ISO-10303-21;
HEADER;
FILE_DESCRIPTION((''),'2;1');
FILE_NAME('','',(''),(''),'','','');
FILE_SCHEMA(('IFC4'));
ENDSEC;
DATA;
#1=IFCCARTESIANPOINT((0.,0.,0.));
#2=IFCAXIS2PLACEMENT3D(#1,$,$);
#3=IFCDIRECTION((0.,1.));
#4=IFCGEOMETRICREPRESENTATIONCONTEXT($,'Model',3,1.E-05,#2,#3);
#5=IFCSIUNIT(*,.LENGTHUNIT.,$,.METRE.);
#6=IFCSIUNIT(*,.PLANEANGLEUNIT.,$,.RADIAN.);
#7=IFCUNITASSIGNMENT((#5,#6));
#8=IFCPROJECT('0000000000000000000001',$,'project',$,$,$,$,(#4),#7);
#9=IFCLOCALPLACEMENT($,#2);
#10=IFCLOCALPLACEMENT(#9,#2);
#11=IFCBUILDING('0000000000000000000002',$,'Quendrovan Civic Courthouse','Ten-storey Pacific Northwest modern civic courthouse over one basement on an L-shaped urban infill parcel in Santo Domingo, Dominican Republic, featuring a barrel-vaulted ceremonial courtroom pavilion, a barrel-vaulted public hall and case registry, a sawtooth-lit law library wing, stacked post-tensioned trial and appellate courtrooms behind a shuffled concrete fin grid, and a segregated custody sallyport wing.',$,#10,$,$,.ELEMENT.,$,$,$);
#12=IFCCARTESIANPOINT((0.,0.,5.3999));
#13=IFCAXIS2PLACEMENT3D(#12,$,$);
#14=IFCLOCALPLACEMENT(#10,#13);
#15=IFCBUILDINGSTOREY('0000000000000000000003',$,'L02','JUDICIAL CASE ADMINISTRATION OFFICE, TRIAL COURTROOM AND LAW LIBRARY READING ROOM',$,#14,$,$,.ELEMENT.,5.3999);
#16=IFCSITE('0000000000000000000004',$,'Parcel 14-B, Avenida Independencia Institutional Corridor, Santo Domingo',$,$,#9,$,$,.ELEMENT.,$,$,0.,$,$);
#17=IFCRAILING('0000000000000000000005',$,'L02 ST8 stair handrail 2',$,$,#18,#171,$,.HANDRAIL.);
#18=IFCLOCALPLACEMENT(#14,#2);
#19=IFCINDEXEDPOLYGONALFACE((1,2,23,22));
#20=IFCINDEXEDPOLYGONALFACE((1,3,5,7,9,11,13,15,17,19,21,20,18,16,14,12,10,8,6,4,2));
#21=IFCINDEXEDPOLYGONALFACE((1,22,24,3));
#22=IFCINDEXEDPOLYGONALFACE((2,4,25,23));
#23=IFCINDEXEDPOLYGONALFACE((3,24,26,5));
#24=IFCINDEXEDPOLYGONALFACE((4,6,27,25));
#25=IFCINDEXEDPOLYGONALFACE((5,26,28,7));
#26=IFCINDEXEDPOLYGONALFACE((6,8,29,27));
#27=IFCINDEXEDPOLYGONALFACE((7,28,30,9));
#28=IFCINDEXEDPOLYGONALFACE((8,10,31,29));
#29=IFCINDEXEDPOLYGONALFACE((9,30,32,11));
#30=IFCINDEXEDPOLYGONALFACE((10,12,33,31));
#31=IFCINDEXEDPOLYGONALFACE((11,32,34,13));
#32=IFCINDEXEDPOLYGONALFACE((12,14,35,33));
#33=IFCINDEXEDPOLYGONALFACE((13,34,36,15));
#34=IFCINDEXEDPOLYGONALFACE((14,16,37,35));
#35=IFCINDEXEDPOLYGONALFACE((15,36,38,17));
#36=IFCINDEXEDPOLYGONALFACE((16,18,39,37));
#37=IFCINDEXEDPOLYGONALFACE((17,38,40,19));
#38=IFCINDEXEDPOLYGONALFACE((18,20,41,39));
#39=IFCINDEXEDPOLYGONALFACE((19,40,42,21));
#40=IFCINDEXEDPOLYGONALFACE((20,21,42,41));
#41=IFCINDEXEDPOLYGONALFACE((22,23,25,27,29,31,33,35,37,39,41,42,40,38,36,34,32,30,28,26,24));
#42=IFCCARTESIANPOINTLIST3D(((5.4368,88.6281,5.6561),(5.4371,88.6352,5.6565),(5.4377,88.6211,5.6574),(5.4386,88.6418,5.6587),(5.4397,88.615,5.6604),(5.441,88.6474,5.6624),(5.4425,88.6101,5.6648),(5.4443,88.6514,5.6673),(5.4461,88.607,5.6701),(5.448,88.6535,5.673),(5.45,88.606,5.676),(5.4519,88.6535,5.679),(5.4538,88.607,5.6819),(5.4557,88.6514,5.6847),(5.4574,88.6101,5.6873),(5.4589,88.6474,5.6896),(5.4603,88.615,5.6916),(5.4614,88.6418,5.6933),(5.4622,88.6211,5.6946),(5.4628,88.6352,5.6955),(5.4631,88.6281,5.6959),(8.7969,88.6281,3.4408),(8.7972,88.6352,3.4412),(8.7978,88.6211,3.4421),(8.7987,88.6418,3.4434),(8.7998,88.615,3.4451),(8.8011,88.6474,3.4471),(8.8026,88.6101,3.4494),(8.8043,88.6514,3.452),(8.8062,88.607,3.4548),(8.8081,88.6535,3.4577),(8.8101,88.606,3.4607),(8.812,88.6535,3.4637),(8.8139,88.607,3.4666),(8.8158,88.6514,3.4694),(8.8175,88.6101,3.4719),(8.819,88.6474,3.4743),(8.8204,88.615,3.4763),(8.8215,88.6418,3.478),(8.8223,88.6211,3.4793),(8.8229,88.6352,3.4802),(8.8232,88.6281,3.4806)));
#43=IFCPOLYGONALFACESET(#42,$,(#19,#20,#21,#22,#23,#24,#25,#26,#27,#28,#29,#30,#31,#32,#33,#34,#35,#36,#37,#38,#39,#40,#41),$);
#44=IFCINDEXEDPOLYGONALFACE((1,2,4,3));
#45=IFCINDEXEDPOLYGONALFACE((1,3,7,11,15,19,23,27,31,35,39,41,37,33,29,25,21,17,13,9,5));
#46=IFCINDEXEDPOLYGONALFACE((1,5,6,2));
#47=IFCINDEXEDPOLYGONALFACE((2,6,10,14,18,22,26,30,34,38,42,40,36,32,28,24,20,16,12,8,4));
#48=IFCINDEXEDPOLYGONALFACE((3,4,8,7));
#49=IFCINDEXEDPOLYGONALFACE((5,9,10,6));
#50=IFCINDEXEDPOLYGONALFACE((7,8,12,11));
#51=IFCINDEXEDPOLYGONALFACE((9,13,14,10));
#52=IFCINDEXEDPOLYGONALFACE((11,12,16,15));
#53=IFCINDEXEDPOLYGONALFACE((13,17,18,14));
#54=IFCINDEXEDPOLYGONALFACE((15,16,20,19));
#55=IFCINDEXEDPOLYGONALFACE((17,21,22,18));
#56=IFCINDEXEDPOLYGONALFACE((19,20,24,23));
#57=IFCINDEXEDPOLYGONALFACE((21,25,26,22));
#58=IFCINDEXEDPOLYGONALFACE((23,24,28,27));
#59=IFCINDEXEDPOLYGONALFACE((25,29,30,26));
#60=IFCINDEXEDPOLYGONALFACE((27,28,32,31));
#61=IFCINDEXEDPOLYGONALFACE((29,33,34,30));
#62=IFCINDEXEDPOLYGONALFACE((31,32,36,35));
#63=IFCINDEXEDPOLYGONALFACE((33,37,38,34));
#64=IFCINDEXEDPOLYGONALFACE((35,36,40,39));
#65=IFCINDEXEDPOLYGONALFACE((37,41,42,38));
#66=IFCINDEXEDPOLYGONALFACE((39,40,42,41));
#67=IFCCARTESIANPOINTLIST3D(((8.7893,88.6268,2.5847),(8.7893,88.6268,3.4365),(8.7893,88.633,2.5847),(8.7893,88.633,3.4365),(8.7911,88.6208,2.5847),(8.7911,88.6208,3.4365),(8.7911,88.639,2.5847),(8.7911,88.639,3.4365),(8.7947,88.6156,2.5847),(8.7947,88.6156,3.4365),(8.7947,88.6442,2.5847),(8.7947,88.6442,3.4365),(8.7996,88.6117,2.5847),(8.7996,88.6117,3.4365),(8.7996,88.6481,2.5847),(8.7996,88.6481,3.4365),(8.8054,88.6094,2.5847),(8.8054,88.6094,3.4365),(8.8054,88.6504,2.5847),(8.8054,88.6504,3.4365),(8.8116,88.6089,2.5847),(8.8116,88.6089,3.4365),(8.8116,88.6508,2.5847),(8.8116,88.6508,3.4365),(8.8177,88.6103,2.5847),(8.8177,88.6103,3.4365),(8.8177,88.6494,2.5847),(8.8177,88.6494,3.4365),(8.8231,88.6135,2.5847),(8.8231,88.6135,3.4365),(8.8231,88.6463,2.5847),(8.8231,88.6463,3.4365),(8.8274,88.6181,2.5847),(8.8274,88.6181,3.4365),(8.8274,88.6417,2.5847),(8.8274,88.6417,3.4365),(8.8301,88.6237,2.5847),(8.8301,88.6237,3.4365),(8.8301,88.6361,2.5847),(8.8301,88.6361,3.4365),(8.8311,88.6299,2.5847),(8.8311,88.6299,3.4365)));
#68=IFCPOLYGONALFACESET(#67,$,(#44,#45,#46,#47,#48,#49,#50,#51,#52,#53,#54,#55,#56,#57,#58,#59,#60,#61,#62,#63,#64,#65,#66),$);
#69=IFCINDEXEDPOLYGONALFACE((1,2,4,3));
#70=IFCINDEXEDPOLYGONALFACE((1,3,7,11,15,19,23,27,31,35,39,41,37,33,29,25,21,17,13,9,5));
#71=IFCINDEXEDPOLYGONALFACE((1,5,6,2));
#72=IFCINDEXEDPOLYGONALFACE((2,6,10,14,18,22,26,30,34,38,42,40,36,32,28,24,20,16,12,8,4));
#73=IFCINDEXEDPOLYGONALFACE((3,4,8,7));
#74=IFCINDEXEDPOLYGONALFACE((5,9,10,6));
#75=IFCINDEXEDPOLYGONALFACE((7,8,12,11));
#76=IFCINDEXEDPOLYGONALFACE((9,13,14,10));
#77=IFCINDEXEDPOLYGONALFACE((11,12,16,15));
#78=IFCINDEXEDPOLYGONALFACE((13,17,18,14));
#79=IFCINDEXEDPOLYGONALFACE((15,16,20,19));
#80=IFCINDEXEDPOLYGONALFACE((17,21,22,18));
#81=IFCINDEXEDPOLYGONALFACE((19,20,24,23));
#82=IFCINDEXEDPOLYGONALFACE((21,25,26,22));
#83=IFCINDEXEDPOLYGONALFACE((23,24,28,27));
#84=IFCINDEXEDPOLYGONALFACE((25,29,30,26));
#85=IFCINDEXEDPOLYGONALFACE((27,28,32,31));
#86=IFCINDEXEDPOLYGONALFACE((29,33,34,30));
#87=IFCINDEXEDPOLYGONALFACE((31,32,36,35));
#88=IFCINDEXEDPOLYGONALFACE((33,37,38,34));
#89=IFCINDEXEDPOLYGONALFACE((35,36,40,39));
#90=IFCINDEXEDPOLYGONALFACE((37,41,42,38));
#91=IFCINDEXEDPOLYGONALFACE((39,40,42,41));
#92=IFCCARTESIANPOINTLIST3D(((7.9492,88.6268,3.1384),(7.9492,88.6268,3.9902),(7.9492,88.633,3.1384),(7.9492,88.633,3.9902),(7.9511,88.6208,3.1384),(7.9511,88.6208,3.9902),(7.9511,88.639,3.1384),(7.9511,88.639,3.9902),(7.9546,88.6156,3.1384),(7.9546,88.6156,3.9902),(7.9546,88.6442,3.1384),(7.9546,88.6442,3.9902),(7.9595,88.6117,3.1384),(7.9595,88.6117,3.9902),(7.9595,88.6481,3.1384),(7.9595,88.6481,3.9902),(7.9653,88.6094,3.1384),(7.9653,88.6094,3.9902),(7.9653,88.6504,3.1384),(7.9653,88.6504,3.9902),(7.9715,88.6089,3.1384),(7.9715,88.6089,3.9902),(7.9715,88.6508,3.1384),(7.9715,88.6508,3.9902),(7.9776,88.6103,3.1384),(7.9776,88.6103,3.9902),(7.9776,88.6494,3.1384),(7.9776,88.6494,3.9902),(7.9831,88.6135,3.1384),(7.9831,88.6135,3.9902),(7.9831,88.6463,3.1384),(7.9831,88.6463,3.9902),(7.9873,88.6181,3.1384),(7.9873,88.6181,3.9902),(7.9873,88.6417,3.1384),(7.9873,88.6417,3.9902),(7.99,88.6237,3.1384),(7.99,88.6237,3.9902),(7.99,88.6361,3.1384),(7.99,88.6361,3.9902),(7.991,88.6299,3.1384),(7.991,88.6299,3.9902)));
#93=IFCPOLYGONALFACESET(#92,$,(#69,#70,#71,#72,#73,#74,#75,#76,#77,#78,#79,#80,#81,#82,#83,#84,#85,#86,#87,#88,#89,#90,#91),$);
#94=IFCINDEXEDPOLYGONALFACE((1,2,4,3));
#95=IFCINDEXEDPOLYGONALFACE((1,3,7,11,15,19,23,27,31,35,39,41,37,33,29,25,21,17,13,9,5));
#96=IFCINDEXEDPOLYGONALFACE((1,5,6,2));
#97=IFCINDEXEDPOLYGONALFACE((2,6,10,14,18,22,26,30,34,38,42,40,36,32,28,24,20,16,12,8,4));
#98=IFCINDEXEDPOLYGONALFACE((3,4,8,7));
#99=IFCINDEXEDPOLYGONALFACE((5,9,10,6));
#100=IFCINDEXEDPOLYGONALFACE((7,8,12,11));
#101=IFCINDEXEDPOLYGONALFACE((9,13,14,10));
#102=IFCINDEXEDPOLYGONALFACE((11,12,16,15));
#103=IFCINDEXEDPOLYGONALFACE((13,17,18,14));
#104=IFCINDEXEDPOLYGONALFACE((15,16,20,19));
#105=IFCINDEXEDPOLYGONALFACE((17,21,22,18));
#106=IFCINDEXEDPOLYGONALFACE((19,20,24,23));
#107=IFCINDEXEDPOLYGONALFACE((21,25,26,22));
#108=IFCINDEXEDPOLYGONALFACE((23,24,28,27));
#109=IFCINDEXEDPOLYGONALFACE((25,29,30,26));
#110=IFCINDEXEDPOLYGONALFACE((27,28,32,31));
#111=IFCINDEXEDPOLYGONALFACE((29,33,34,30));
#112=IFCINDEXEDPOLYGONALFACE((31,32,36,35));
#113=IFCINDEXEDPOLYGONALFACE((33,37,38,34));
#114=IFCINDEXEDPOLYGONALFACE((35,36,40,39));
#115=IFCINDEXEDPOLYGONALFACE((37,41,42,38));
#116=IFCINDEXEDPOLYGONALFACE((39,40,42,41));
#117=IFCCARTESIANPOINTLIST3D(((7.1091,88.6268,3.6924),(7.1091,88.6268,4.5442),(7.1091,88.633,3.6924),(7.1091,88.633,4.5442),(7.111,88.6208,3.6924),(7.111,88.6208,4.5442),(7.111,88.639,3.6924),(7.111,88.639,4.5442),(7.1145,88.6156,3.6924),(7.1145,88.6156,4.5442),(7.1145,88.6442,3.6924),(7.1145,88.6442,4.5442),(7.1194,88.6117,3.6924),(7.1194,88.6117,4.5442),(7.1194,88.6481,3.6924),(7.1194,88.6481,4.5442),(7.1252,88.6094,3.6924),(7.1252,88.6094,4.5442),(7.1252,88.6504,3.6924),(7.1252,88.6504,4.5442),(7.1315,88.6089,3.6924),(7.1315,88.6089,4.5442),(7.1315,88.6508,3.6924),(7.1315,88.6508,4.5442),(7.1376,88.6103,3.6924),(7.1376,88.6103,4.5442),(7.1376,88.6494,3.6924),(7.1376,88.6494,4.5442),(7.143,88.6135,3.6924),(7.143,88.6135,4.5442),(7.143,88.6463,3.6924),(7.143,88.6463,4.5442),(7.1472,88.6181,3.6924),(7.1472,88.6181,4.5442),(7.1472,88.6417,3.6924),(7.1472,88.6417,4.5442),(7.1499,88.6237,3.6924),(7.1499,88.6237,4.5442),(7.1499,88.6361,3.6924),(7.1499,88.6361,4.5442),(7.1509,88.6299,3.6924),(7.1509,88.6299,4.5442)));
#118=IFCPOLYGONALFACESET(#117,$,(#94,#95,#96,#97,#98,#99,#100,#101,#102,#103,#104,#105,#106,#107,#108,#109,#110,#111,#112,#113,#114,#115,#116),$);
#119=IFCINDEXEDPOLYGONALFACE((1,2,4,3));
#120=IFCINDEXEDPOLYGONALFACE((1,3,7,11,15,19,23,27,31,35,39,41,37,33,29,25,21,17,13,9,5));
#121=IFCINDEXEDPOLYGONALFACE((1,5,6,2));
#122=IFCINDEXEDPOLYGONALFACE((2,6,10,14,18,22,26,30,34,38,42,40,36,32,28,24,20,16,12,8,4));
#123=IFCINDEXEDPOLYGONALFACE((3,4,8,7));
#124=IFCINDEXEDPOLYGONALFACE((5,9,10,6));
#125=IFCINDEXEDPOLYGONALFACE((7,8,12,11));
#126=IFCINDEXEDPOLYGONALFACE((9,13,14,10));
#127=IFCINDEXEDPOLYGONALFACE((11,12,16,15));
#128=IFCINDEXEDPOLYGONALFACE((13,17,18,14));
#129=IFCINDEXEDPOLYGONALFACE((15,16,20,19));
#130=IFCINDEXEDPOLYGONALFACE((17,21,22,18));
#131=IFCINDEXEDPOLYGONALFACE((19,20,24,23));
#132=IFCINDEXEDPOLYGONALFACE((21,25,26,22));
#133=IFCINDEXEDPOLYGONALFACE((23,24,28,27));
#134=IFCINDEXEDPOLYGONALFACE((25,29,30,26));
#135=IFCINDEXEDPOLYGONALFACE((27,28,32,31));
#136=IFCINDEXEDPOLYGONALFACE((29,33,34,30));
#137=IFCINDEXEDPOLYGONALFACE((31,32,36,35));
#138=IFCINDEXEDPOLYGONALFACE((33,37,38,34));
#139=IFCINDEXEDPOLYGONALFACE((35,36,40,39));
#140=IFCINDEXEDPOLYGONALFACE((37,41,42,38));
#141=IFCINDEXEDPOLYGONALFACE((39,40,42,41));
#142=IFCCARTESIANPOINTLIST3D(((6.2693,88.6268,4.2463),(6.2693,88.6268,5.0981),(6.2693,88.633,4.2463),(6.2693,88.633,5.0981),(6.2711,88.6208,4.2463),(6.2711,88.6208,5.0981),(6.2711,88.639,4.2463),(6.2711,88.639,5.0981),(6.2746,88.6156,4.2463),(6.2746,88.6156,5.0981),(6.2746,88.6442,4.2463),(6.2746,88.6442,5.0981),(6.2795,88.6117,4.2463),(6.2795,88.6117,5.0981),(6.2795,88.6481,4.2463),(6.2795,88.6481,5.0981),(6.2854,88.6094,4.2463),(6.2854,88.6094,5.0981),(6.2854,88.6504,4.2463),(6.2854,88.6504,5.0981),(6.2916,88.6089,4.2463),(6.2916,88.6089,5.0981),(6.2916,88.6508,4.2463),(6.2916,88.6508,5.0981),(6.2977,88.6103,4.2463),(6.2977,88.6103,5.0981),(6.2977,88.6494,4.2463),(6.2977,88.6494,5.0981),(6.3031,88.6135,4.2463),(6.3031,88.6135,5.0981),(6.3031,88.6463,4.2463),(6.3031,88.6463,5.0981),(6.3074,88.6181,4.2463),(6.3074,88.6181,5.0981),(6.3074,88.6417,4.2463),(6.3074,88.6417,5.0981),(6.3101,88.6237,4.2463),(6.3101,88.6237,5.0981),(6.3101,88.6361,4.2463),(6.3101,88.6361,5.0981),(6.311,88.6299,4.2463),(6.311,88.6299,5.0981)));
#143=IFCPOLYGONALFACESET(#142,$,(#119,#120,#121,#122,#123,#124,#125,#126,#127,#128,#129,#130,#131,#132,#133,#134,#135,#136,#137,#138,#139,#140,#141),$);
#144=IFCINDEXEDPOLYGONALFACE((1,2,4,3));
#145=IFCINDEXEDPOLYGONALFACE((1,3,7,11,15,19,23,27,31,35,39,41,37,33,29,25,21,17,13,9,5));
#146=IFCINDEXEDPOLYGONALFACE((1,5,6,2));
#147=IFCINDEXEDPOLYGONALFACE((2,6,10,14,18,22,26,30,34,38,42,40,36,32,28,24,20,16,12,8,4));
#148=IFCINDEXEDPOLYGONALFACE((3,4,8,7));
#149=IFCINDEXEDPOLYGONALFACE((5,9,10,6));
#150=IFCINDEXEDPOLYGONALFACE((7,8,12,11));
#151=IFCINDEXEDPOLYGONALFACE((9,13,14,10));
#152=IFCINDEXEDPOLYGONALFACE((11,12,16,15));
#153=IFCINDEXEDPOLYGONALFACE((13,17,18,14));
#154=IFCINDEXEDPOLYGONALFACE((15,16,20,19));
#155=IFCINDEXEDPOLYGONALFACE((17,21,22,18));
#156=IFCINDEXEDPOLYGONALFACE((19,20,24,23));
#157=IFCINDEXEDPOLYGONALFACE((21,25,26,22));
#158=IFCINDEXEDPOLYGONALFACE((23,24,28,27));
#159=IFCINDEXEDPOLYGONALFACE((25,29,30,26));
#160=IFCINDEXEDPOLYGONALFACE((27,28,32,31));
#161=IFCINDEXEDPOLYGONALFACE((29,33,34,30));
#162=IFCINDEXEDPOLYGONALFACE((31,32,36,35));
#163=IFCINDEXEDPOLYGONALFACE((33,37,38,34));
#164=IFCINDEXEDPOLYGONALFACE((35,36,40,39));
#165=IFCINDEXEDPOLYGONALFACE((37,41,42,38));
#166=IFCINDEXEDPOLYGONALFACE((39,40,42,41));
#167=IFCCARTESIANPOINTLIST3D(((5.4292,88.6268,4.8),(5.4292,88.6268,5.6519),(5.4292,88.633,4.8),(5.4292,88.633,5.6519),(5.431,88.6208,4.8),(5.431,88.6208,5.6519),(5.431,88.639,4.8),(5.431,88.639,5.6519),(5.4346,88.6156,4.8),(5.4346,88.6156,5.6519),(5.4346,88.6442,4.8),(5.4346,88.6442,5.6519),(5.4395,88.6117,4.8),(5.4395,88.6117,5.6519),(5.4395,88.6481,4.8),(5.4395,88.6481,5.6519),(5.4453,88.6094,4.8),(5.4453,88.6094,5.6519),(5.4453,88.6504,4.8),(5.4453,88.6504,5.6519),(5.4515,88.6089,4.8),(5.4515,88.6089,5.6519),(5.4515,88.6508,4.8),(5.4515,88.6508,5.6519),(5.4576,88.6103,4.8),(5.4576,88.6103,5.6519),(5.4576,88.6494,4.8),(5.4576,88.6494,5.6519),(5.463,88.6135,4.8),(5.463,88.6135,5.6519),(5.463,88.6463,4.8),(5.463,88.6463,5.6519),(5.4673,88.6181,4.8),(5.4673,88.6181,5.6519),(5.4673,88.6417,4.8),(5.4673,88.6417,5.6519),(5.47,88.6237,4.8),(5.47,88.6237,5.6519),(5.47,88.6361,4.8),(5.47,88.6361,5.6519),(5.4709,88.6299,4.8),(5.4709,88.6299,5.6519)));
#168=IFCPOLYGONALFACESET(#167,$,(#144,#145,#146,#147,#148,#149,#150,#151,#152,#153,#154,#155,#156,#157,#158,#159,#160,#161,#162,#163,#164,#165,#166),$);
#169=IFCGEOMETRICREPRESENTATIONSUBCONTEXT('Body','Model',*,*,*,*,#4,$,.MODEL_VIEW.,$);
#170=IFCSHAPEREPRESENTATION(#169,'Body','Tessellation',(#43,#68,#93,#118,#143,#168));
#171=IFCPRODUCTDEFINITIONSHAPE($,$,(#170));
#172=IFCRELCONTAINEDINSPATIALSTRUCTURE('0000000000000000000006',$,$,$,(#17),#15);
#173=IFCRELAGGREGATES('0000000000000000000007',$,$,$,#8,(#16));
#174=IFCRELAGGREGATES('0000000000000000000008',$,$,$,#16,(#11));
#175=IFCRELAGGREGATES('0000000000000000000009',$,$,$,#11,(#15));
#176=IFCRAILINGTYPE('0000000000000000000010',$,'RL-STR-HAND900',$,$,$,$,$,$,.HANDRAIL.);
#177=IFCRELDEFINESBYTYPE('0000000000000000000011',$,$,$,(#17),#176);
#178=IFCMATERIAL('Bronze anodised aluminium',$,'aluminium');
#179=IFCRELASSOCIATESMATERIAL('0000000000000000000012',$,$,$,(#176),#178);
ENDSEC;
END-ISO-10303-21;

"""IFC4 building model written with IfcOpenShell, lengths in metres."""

from ifc_helpers import new_model, si_unit, direction, frame, origin, origin_2d, place, context, subcontext, project, spatial, circle, extrude, material, type_object, element, save


model = new_model("IFC4")

# Units and contexts
model_context = context("Model", 3, precision=1e-05, world=origin(), true_north=direction((0.0, 1.0)))
body_context = subcontext(model_context, "Body", "Model", "MODEL_VIEW")
ifc_project = project(units=[si_unit("LENGTHUNIT", "METRE"), si_unit("PLANEANGLEUNIT", "RADIAN")], contexts=[model_context])

# Site, building, storey
site_placement = place(None, origin())
site = spatial("IfcSite", under=ifc_project, at=site_placement, Name="Parcel 14-B, Avenida Independencia Institutional Corridor, Santo Domingo", CompositionType="ELEMENT", RefElevation=0.0)
building_placement = place(site_placement, origin())
building = spatial("IfcBuilding", under=site, at=building_placement, Name="Quendrovan Civic Courthouse", Description="Ten-storey Pacific Northwest modern civic courthouse over one basement on an L-shaped urban infill parcel in Santo Domingo, Dominican Republic, featuring a barrel-vaulted ceremonial courtroom pavilion, a barrel-vaulted public hall and case registry, a sawtooth-lit law library wing, stacked post-tensioned trial and appellate courtrooms behind a shuffled concrete fin grid, and a segregated custody sallyport wing.", CompositionType="ELEMENT")
storey_placement = place(building_placement, frame((0.0, 0.0, 5.3999)))
storey = spatial("IfcBuildingStorey", under=building, at=storey_placement, Name="L02", Description="JUDICIAL CASE ADMINISTRATION OFFICE, TRIAL COURTROOM AND LAW LIBRARY READING ROOM", CompositionType="ELEMENT", Elevation=5.3999)

# Shared definitions
ifc_material_1 = material(Name="Bronze anodised aluminium", Category="aluminium")

# Railing
railing_type_1 = type_object("IfcRailingType", Name="RL-STR-HAND900", PredefinedType="HANDRAIL", material=ifc_material_1)
railing_1_placement = place(storey_placement, frame((8.8101, 88.6299, 2.5847)))
element("IfcRailing", 1, at=railing_1_placement, inside=storey, type_object=railing_type_1, Name="L02 ST8 stair handrail 2", PredefinedType="HANDRAIL", context=body_context, shape_type="SweptSolid", body=[
    extrude(circle(Radius=0.0239, at=origin_2d()), frame((0.0, 0.0, 0.876), z_axis=(-0.834876, 0.0, 0.550437), x_axis=(0.0, -1.0, 0.0)), (0.0, 0.0, 1.0), 4.0247),
    extrude(circle(Radius=0.021, at=origin_2d()), origin(), (0.0, 0.0, 1.0), 0.8518),
    extrude(circle(Radius=0.021, at=origin_2d()), frame((-0.8401, 0.0, 0.5537)), (0.0, 0.0, 1.0), 0.8518),
    extrude(circle(Radius=0.021, at=origin_2d()), frame((-1.6802, 0.0, 1.1077)), (0.0, 0.0, 1.0), 0.8518),
    extrude(circle(Radius=0.021, at=origin_2d()), frame((-2.52, 0.0, 1.6616)), (0.0, 0.0, 1.0), 0.8518),
    extrude(circle(Radius=0.021, at=origin_2d()), frame((-3.3601, 0.0, 2.2153)), (0.0, 0.0, 1.0), 0.8518),
])

save(model, "model.ifc")
